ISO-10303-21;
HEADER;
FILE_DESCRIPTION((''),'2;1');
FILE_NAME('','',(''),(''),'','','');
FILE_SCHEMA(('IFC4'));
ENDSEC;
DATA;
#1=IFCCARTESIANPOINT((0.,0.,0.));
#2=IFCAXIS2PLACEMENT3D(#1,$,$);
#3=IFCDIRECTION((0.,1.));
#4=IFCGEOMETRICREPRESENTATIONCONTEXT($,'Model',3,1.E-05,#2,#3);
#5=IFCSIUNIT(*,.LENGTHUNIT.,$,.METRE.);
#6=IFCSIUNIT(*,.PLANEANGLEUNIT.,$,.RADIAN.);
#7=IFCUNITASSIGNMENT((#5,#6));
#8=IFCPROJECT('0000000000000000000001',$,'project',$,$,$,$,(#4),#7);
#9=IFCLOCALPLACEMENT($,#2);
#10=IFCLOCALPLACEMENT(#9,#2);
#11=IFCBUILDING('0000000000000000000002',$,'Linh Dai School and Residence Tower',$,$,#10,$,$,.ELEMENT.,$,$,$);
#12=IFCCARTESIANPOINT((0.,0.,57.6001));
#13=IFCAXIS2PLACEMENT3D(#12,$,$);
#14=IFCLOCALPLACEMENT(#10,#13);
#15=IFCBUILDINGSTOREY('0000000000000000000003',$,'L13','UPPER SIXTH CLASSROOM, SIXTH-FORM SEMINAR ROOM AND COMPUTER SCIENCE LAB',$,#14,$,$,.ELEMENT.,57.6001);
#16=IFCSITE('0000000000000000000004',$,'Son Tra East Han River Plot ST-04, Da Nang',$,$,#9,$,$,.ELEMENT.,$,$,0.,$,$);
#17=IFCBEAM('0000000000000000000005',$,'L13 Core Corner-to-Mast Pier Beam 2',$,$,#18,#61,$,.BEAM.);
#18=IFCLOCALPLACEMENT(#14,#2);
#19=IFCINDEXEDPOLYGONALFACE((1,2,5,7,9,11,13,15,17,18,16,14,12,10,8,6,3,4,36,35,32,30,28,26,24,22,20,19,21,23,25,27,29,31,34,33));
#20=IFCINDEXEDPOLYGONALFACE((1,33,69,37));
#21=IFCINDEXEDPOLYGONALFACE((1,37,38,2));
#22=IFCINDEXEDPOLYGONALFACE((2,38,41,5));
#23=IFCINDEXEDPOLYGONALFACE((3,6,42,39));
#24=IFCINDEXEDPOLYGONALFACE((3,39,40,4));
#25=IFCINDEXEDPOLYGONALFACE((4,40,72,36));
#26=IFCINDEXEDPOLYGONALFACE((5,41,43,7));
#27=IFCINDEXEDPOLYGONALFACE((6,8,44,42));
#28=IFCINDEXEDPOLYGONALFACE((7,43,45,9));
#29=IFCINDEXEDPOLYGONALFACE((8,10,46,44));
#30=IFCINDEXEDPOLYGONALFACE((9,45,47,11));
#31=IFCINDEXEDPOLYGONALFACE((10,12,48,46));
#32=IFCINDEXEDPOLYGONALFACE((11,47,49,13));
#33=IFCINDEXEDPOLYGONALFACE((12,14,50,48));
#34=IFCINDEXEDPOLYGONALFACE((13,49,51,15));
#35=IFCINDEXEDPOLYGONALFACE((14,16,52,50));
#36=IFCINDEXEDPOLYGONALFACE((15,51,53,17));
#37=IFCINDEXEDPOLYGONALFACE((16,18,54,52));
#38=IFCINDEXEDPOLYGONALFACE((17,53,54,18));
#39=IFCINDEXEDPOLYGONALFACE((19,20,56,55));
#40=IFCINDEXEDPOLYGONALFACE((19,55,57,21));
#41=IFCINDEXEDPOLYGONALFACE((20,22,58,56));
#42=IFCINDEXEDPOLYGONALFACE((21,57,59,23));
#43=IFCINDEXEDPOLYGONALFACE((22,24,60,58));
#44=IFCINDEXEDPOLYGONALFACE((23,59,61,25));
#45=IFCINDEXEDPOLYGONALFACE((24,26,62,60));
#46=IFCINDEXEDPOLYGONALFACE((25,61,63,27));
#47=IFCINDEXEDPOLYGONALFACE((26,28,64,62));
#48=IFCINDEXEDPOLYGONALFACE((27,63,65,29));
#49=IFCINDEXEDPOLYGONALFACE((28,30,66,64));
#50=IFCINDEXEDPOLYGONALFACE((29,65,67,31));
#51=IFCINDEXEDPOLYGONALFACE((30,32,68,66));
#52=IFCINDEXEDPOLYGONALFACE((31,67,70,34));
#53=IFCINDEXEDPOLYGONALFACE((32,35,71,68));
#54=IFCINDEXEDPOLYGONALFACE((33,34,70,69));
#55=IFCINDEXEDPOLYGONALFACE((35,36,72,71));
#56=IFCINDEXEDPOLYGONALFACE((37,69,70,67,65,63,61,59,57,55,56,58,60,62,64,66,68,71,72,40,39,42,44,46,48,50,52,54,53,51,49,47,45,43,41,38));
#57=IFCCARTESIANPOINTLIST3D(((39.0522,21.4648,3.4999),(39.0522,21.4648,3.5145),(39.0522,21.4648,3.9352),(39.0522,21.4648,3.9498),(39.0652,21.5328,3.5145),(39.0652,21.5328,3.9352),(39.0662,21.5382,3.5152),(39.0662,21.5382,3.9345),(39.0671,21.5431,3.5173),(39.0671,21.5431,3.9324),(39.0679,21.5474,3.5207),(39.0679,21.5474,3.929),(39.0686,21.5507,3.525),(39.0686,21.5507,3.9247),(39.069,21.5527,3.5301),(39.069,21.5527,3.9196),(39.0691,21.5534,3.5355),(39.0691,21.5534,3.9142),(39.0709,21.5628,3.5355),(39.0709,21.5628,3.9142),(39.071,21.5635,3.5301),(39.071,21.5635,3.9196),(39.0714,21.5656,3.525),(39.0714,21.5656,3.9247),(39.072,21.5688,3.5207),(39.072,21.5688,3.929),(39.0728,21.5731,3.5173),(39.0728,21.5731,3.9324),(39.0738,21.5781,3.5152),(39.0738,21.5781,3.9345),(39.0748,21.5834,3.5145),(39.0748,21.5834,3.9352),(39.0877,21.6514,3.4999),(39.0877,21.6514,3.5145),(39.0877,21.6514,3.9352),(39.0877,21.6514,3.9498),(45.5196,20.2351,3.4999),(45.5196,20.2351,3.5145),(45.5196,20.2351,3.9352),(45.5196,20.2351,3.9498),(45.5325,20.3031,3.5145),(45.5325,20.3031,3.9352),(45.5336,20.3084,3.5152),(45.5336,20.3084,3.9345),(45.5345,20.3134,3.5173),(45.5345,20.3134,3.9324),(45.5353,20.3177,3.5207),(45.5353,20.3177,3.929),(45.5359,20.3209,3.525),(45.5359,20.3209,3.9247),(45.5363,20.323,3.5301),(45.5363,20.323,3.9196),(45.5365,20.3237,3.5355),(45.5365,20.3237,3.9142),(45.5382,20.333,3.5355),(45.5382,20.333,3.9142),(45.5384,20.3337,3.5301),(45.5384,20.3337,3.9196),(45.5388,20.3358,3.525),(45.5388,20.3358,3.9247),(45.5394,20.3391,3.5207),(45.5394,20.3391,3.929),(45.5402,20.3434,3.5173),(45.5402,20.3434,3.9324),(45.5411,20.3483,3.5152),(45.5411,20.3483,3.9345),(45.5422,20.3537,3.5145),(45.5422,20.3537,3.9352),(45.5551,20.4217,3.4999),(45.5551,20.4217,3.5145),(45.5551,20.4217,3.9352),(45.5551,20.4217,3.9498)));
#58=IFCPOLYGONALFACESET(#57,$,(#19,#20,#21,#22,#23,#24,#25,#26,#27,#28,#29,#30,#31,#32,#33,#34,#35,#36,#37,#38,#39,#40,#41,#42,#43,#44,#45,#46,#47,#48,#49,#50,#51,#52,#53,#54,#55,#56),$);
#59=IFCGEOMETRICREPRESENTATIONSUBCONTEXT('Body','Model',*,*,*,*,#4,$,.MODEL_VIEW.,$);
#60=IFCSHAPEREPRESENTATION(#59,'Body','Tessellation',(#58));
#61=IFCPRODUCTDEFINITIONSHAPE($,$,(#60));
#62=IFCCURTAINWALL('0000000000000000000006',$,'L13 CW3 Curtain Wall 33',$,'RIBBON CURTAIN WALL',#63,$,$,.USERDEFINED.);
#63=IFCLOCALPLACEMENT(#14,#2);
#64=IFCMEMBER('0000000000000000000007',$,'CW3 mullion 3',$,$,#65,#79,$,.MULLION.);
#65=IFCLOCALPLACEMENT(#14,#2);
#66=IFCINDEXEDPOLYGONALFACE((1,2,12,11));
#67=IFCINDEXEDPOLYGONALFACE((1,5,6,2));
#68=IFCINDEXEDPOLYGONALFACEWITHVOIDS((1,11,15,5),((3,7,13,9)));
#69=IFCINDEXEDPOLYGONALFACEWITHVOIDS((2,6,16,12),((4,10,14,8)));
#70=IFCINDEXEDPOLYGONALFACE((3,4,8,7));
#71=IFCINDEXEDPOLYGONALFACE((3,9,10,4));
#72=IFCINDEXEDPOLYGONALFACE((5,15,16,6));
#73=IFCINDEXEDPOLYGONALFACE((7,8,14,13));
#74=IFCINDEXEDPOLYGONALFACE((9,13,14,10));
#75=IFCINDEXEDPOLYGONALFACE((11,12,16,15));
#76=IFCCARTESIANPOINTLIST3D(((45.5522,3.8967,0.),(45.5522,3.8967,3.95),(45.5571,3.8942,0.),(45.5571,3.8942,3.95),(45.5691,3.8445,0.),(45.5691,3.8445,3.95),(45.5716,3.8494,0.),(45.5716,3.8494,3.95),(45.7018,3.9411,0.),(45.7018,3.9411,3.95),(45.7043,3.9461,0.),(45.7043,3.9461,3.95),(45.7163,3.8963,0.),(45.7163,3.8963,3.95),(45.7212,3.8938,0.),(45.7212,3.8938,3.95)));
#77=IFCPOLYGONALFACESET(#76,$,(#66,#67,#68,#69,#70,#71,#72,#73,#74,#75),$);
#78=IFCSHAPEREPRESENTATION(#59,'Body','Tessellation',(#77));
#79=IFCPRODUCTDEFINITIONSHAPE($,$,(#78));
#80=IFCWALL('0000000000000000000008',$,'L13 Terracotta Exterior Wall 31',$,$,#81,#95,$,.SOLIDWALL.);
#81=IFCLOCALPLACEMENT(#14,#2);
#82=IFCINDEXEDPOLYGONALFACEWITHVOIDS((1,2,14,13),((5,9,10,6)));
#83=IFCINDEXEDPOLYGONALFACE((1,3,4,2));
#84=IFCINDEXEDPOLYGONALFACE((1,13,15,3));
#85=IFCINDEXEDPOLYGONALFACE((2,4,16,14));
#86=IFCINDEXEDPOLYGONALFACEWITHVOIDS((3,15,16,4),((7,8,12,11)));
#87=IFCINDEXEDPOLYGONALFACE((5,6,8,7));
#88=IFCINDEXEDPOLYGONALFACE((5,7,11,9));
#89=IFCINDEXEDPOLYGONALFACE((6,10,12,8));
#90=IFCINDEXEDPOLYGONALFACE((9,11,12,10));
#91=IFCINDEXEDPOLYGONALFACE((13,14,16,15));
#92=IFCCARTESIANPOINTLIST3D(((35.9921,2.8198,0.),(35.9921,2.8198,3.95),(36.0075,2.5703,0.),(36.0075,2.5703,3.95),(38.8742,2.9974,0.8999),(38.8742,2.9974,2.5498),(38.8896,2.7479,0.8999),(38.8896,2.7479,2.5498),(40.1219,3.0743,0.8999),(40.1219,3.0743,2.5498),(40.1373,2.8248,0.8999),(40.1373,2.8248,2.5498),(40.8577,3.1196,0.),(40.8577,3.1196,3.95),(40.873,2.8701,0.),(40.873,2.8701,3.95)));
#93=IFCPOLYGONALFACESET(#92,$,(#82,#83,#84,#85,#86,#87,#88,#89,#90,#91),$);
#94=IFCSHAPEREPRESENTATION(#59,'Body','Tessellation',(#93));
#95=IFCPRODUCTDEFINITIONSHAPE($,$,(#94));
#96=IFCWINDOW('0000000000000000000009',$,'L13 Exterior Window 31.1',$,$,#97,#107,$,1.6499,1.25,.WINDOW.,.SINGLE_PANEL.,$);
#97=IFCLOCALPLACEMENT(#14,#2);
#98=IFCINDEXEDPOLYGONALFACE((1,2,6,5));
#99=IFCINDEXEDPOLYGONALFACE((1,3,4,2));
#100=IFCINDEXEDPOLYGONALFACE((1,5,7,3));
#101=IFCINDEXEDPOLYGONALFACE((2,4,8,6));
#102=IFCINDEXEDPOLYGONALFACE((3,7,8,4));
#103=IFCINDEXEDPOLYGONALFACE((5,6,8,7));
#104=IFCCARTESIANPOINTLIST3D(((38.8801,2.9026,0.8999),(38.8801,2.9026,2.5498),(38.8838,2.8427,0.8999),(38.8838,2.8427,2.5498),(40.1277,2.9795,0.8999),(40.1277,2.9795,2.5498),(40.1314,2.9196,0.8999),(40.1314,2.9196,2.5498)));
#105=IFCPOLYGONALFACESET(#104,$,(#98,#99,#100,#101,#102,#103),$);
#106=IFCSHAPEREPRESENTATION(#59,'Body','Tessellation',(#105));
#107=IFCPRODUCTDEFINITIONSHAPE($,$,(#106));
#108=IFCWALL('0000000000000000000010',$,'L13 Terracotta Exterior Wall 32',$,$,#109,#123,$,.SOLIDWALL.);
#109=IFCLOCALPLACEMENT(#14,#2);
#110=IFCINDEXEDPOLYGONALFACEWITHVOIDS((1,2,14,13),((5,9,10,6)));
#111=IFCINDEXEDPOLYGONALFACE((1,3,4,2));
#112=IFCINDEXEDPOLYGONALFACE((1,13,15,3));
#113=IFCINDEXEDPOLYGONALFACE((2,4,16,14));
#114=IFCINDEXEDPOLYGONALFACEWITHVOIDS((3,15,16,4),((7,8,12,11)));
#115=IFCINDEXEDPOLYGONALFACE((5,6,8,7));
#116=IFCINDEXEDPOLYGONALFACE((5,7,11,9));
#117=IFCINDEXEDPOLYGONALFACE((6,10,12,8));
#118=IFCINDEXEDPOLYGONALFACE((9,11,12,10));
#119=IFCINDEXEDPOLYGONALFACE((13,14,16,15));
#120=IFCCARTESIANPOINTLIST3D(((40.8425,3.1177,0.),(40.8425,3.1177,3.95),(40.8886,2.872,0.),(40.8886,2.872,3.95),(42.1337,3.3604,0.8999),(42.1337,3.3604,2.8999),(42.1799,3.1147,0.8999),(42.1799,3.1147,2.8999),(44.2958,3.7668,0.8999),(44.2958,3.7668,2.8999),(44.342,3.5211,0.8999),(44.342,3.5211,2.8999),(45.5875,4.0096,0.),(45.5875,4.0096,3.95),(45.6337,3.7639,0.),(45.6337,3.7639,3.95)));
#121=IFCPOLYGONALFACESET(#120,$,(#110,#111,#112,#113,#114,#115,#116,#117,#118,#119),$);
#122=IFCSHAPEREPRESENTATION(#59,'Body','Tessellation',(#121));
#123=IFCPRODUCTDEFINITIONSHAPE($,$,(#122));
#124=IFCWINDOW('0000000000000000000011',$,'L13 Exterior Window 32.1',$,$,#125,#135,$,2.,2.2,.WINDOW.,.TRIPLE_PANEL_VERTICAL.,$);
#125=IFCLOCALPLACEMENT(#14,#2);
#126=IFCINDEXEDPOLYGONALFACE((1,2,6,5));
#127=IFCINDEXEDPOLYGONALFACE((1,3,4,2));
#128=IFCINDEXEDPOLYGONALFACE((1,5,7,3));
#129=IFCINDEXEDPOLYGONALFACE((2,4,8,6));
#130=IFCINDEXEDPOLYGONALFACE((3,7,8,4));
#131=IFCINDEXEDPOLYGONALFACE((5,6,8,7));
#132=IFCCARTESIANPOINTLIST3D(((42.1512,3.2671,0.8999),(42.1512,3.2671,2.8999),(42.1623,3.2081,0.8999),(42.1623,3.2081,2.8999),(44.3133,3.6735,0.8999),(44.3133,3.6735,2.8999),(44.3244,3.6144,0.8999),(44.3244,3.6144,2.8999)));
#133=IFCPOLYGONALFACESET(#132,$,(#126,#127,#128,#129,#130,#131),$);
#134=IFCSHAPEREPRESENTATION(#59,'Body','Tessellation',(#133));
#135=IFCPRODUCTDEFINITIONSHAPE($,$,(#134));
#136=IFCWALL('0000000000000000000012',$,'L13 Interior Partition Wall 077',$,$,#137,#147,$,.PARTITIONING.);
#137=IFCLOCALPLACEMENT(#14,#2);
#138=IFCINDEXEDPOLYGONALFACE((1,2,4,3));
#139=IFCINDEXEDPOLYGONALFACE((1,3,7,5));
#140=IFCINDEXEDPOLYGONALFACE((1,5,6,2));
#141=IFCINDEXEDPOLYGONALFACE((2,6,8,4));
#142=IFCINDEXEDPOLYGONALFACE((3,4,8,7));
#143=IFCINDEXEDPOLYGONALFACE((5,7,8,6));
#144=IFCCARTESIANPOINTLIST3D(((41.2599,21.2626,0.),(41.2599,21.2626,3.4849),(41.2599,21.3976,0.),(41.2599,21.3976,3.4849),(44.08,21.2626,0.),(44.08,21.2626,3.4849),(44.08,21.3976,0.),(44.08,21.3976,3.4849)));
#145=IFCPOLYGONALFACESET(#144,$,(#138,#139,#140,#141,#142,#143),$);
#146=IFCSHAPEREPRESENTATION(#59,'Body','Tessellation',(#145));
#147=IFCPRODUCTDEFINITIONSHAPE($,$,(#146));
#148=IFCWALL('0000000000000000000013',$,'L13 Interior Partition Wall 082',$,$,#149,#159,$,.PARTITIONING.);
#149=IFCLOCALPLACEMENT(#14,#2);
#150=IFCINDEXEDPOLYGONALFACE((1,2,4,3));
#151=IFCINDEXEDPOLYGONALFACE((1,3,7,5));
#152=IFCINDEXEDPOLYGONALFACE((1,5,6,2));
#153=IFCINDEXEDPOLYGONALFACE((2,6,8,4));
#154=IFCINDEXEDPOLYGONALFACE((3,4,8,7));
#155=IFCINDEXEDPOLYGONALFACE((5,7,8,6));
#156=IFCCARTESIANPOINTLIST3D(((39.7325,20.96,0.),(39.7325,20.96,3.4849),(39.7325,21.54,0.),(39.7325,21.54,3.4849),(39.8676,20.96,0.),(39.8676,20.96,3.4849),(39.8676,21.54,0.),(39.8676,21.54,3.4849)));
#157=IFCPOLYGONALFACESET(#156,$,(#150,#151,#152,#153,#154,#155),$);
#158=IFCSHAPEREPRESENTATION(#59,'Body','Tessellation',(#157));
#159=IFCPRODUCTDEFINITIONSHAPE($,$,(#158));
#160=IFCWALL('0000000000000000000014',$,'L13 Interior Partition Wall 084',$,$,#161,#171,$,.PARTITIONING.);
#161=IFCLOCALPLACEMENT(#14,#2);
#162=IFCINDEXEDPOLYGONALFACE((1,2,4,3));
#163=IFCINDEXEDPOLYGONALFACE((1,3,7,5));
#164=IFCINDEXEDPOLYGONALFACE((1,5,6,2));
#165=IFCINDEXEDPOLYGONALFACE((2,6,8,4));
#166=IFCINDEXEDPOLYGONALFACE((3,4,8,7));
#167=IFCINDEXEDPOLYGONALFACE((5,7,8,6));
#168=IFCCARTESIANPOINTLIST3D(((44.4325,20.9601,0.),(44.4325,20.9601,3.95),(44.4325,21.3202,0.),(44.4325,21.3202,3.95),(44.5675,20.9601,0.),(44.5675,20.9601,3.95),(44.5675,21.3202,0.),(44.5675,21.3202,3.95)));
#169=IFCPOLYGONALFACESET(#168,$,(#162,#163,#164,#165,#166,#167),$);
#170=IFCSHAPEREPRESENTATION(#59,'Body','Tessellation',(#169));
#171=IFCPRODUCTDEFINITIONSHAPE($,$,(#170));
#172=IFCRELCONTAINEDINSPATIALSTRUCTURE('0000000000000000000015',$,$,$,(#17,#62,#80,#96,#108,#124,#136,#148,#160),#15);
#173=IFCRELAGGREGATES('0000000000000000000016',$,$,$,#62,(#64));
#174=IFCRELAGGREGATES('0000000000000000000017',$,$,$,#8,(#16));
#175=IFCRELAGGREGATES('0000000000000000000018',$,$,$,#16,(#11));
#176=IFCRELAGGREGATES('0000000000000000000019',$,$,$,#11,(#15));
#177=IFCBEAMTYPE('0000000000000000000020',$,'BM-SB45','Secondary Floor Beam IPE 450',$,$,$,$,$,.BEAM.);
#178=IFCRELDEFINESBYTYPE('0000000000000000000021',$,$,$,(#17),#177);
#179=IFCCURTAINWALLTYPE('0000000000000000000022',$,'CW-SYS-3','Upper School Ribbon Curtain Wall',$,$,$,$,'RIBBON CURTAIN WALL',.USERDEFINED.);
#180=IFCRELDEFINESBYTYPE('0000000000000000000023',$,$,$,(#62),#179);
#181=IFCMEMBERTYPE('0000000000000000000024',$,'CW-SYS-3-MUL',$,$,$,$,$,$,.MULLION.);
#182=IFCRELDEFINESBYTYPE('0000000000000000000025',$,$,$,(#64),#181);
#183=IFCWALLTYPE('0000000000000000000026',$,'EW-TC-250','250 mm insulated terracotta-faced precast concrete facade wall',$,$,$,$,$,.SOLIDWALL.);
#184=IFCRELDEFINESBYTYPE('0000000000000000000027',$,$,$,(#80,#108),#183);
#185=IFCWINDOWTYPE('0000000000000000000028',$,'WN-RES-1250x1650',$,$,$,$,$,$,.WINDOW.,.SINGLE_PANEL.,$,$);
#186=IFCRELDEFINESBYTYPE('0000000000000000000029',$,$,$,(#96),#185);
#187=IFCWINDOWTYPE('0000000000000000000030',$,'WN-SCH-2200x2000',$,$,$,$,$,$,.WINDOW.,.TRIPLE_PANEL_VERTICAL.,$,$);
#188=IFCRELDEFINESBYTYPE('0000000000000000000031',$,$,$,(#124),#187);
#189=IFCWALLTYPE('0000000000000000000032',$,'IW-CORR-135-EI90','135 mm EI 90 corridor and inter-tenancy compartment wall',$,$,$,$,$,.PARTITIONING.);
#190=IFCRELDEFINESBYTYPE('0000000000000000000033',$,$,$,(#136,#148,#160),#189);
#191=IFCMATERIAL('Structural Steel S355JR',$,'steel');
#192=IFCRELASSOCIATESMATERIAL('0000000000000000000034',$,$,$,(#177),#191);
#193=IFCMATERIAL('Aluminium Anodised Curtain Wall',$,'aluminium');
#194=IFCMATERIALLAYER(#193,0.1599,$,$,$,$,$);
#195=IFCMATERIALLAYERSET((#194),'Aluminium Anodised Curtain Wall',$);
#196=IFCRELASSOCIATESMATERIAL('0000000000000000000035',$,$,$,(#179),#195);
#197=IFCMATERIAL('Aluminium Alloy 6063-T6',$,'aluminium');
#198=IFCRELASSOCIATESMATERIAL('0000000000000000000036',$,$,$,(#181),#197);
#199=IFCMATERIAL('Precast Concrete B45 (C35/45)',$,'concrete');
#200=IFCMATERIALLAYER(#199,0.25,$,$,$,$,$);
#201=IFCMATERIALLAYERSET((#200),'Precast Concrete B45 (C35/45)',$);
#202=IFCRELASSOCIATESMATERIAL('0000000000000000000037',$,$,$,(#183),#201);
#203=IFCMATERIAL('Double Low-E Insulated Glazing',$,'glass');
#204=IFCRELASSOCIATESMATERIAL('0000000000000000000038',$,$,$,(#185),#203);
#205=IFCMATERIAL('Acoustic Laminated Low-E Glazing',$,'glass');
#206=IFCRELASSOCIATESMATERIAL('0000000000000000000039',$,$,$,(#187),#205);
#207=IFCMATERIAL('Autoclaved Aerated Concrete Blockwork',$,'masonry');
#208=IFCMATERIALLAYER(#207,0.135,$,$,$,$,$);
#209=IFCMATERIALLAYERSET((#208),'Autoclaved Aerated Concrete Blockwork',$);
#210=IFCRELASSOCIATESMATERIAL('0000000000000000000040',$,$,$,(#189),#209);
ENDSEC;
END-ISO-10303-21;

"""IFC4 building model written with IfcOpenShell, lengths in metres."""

from ifc_helpers import new_model, si_unit, direction, frame, frame_2d, origin, origin_2d, place, context, subcontext, project, spatial, rectangle, hollow_rectangle, i_section, extrude, source, transform, mapped, material, layer, layer_set, material_profile, profile_set, type_object, element, fill, aggregate, save


model = new_model("IFC4")

# Units and contexts
model_context = context("Model", 3, precision=1e-05, world=origin(), true_north=direction((0.0, 1.0)))
body_context = subcontext(model_context, "Body", "Model", "MODEL_VIEW")
ifc_project = project(units=[si_unit("LENGTHUNIT", "METRE"), si_unit("PLANEANGLEUNIT", "RADIAN")], contexts=[model_context])

# Site, building, storey
site_placement = place(None, origin())
site = spatial("IfcSite", under=ifc_project, at=site_placement, Name="Son Tra East Han River Plot ST-04, Da Nang", CompositionType="ELEMENT", RefElevation=0.0)
building_placement = place(site_placement, origin())
building = spatial("IfcBuilding", under=site, at=building_placement, Name="Linh Dai School and Residence Tower", CompositionType="ELEMENT")
storey_placement = place(building_placement, frame((0.0, 0.0, 57.6001)))
storey = spatial("IfcBuildingStorey", under=building, at=storey_placement, Name="L13", Description="UPPER SIXTH CLASSROOM, SIXTH-FORM SEMINAR ROOM AND COMPUTER SCIENCE LAB", CompositionType="ELEMENT", Elevation=57.6001)

# Shared definitions
ifc_material_1 = material(Name="Structural Steel S355JR", Category="steel")

# Beam
ifc_material_profile_1 = material_profile(ifc_material_1, i_section(OverallWidth=0.1899, OverallDepth=0.45, WebThickness=0.0095, FlangeThickness=0.0146, FilletRadius=0.021, at=origin_2d()), Name="IPE 450")
ifc_profile_set_1 = profile_set([ifc_material_profile_1], Name="Structural Steel S355JR")
beam_type_1 = type_object("IfcBeamType", Name="BM-SB45", Description="Secondary Floor Beam IPE 450", PredefinedType="BEAM", material=ifc_profile_set_1)
beam_1_placement = place(storey_placement, frame((45.5374, 20.3284, 3.7249), z_axis=(-0.982398, 0.1868, 0.0), x_axis=(-0.1868, -0.982398, 0.0)))
element("IfcBeam", 1, at=beam_1_placement, inside=storey, type_object=beam_type_1, Name="L13 Core Corner-to-Mast Pier Beam 2", PredefinedType="BEAM", context=body_context, shape_type="SweptSolid", body=[
    extrude(i_section(OverallWidth=0.1899, OverallDepth=0.45, WebThickness=0.0095, FlangeThickness=0.0146, FilletRadius=0.021, at=origin_2d()), origin(), (0.0, 0.0, 1.0), 6.5833),
])

# Curtain wall, member
ifc_material_2 = material(Name="Aluminium Anodised Curtain Wall", Category="aluminium")
ifc_layer_1 = layer(ifc_material_2, 0.1599)
ifc_layer_set_1 = layer_set([ifc_layer_1], Name="Aluminium Anodised Curtain Wall")
curtain_wall_type = type_object("IfcCurtainWallType", Name="CW-SYS-3", Description="Upper School Ribbon Curtain Wall", ElementType="RIBBON CURTAIN WALL", PredefinedType="USERDEFINED", material=ifc_layer_set_1)
curtain_wall_placement = place(storey_placement, origin())
curtain_wall = element("IfcCurtainWall", 2, at=curtain_wall_placement, inside=storey, type_object=curtain_wall_type, Name="L13 CW3 Curtain Wall 33", ObjectType="RIBBON CURTAIN WALL", PredefinedType="USERDEFINED")
ifc_material_3 = material(Name="Aluminium Alloy 6063-T6", Category="aluminium")
ifc_material_profile_2 = material_profile(ifc_material_3, hollow_rectangle(XDim=0.0549, YDim=0.1599, WallThickness=0.0039, at=origin_2d()), Name="RHS 160x55x4")
ifc_profile_set_2 = profile_set([ifc_material_profile_2], Name="Aluminium Alloy 6063-T6")
member_type = type_object("IfcMemberType", Name="CW-SYS-3-MUL", PredefinedType="MULLION", material=ifc_profile_set_2)
shared_shape_1 = source(origin(), body_context, "Body", "SweptSolid", [
    extrude(hollow_rectangle(XDim=0.0549, YDim=0.1599, WallThickness=0.0039, at=origin_2d()), origin(), (0.0, 0.0, 1.0), 3.95),
])
member_placement = place(storey_placement, frame((45.6367, 3.8953, 0.0), z_axis=(0.0, 0.0, 1.0), x_axis=(0.308511, -0.951221, 0.0)))
member = element("IfcMember", 3, at=member_placement, type_object=member_type, Name="CW3 mullion 3", PredefinedType="MULLION", context=body_context, shape_type="MappedRepresentation", body=[
    mapped(shared_shape_1, transform((0.0, 0.0, 0.0), x_axis=(1.0, 0.0, 0.0), y_axis=(0.0, 1.0, 0.0), z_axis=(0.0, 0.0, 1.0), scale=1.0)),
])
aggregate(curtain_wall, [member])

# Walls, openings, windows
ifc_material_4 = material(Name="Precast Concrete B45 (C35/45)", Category="concrete")
ifc_layer_2 = layer(ifc_material_4, 0.25)
ifc_layer_set_2 = layer_set([ifc_layer_2], Name="Precast Concrete B45 (C35/45)")
wall_type_1 = type_object("IfcWallType", Name="EW-TC-250", Description="250 mm insulated terracotta-faced precast concrete facade wall", PredefinedType="SOLIDWALL", material=ifc_layer_set_2)
wall_1_placement = place(storey_placement, frame((40.8655, 2.9949, 0.0), z_axis=(0.0, 0.0, 1.0), x_axis=(-0.998107, -0.061502, 0.0)))
wall_1 = element("IfcWall", 4, at=wall_1_placement, inside=storey, type_object=wall_type_1, Name="L13 Terracotta Exterior Wall 31", PredefinedType="SOLIDWALL", context=body_context, shape_type="SweptSolid", body=[
    extrude(rectangle(XDim=4.8748, YDim=0.25, at=frame_2d((2.4375, 0.0))), origin(), (0.0, 0.0, 1.0), 3.95),
])
opening_1_placement = place(wall_1_placement, frame((0.7373, 0.0, 0.8999)))
opening_1 = element("IfcOpeningElement", 5, at=opening_1_placement, cuts=wall_1, PredefinedType="OPENING", context=body_context, shape_type="SweptSolid", body=[
    extrude(rectangle(XDim=1.25, YDim=1.6499, at=origin_2d()), frame((0.625, 0.135, 0.825), z_axis=(0.0, -1.0, 0.0), x_axis=(1.0, 0.0, 0.0)), (0.0, 0.0, 1.0), 0.27),
])
ifc_material_5 = material(Name="Double Low-E Insulated Glazing", Category="glass")
window_type_1 = type_object("IfcWindowType", Name="WN-RES-1250x1650", PartitioningType="SINGLE_PANEL", PredefinedType="WINDOW", material=ifc_material_5)
shared_shape_2 = source(origin(), body_context, "Body", "SweptSolid", [
    extrude(rectangle(XDim=1.25, YDim=1.6499, at=origin_2d()), frame((0.625, 0.03, 0.825), z_axis=(0.0, -1.0, 0.0), x_axis=(1.0, 0.0, 0.0)), (0.0, 0.0, 1.0), 0.0601),
])
window_1_placement = place(opening_1_placement, origin())
window_1 = element("IfcWindow", 6, at=window_1_placement, inside=storey, type_object=window_type_1, Name="L13 Exterior Window 31.1", OverallHeight=1.6499, OverallWidth=1.25, PartitioningType="SINGLE_PANEL", PredefinedType="WINDOW", context=body_context, shape_type="MappedRepresentation", body=[
    mapped(shared_shape_2, transform((0.0, 0.0, 0.0), x_axis=(1.0, 0.0, 0.0), y_axis=(0.0, 1.0, 0.0), z_axis=(0.0, 0.0, 1.0), scale=1.0)),
])
fill(opening_1, window_1)
wall_2_placement = place(storey_placement, frame((45.6106, 3.8867, 0.0), z_axis=(0.0, 0.0, 1.0), x_axis=(-0.982792, -0.184716, 0.0)))
wall_2 = element("IfcWall", 7, at=wall_2_placement, inside=storey, type_object=wall_type_1, Name="L13 Terracotta Exterior Wall 32", PredefinedType="SOLIDWALL", context=body_context, shape_type="SweptSolid", body=[
    extrude(rectangle(XDim=4.8281, YDim=0.25, at=frame_2d((2.4141, 0.0))), origin(), (0.0, 0.0, 1.0), 3.95),
])
opening_2_placement = place(wall_2_placement, frame((1.3142, 0.0, 0.8999)))
opening_2 = element("IfcOpeningElement", 8, at=opening_2_placement, cuts=wall_2, PredefinedType="OPENING", context=body_context, shape_type="SweptSolid", body=[
    extrude(rectangle(XDim=2.2, YDim=2.0, at=origin_2d()), frame((1.1001, 0.135, 1.0), z_axis=(0.0, -1.0, 0.0), x_axis=(1.0, 0.0, 0.0)), (0.0, 0.0, 1.0), 0.27),
])
ifc_material_6 = material(Name="Acoustic Laminated Low-E Glazing", Category="glass")
window_type_2 = type_object("IfcWindowType", Name="WN-SCH-2200x2000", PartitioningType="TRIPLE_PANEL_VERTICAL", PredefinedType="WINDOW", material=ifc_material_6)
shared_shape_3 = source(origin(), body_context, "Body", "SweptSolid", [
    extrude(rectangle(XDim=2.2, YDim=2.0, at=origin_2d()), frame((1.1001, 0.03, 1.0), z_axis=(0.0, -1.0, 0.0), x_axis=(1.0, 0.0, 0.0)), (0.0, 0.0, 1.0), 0.0601),
])
window_2_placement = place(opening_2_placement, origin())
window_2 = element("IfcWindow", 9, at=window_2_placement, inside=storey, type_object=window_type_2, Name="L13 Exterior Window 32.1", OverallHeight=2.0, OverallWidth=2.2, PartitioningType="TRIPLE_PANEL_VERTICAL", PredefinedType="WINDOW", context=body_context, shape_type="MappedRepresentation", body=[
    mapped(shared_shape_3, transform((0.0, 0.0, 0.0), x_axis=(1.0, 0.0, 0.0), y_axis=(0.0, 1.0, 0.0), z_axis=(0.0, 0.0, 1.0), scale=1.0)),
])
fill(opening_2, window_2)

# Walls
ifc_material_7 = material(Name="Autoclaved Aerated Concrete Blockwork", Category="masonry")
ifc_layer_3 = layer(ifc_material_7, 0.135)
ifc_layer_set_3 = layer_set([ifc_layer_3], Name="Autoclaved Aerated Concrete Blockwork")
wall_type_2 = type_object("IfcWallType", Name="IW-CORR-135-EI90", Description="135 mm EI 90 corridor and inter-tenancy compartment wall", PredefinedType="PARTITIONING", material=ifc_layer_set_3)
wall_3_placement = place(storey_placement, frame((44.0801, 21.3301, 0.0), z_axis=(0.0, 0.0, 1.0), x_axis=(-1.0, 0.0, 0.0)))
element("IfcWall", 10, at=wall_3_placement, inside=storey, type_object=wall_type_2, Name="L13 Interior Partition Wall 077", PredefinedType="PARTITIONING", context=body_context, shape_type="SweptSolid", body=[
    extrude(rectangle(XDim=2.8201, YDim=0.135, at=frame_2d((1.4102, 0.0))), origin(), (0.0, 0.0, 1.0), 3.4849),
])
wall_4_placement = place(storey_placement, frame((39.8, 20.96, 0.0), z_axis=(0.0, 0.0, 1.0), x_axis=(0.0, 1.0, 0.0)))
element("IfcWall", 11, at=wall_4_placement, inside=storey, type_object=wall_type_2, Name="L13 Interior Partition Wall 082", PredefinedType="PARTITIONING", context=body_context, shape_type="SweptSolid", body=[
    extrude(rectangle(XDim=0.5801, YDim=0.135, at=frame_2d((0.29, 0.0))), origin(), (0.0, 0.0, 1.0), 3.4849),
])
wall_5_placement = place(storey_placement, frame((44.5, 20.96, 0.0), z_axis=(0.0, 0.0, 1.0), x_axis=(0.0, 1.0, 0.0)))
element("IfcWall", 12, at=wall_5_placement, inside=storey, type_object=wall_type_2, Name="L13 Interior Partition Wall 084", PredefinedType="PARTITIONING", context=body_context, shape_type="SweptSolid", body=[
    extrude(rectangle(XDim=0.3601, YDim=0.135, at=frame_2d((0.1802, 0.0))), origin(), (0.0, 0.0, 1.0), 3.95),
])

save(model, "model.ifc")
